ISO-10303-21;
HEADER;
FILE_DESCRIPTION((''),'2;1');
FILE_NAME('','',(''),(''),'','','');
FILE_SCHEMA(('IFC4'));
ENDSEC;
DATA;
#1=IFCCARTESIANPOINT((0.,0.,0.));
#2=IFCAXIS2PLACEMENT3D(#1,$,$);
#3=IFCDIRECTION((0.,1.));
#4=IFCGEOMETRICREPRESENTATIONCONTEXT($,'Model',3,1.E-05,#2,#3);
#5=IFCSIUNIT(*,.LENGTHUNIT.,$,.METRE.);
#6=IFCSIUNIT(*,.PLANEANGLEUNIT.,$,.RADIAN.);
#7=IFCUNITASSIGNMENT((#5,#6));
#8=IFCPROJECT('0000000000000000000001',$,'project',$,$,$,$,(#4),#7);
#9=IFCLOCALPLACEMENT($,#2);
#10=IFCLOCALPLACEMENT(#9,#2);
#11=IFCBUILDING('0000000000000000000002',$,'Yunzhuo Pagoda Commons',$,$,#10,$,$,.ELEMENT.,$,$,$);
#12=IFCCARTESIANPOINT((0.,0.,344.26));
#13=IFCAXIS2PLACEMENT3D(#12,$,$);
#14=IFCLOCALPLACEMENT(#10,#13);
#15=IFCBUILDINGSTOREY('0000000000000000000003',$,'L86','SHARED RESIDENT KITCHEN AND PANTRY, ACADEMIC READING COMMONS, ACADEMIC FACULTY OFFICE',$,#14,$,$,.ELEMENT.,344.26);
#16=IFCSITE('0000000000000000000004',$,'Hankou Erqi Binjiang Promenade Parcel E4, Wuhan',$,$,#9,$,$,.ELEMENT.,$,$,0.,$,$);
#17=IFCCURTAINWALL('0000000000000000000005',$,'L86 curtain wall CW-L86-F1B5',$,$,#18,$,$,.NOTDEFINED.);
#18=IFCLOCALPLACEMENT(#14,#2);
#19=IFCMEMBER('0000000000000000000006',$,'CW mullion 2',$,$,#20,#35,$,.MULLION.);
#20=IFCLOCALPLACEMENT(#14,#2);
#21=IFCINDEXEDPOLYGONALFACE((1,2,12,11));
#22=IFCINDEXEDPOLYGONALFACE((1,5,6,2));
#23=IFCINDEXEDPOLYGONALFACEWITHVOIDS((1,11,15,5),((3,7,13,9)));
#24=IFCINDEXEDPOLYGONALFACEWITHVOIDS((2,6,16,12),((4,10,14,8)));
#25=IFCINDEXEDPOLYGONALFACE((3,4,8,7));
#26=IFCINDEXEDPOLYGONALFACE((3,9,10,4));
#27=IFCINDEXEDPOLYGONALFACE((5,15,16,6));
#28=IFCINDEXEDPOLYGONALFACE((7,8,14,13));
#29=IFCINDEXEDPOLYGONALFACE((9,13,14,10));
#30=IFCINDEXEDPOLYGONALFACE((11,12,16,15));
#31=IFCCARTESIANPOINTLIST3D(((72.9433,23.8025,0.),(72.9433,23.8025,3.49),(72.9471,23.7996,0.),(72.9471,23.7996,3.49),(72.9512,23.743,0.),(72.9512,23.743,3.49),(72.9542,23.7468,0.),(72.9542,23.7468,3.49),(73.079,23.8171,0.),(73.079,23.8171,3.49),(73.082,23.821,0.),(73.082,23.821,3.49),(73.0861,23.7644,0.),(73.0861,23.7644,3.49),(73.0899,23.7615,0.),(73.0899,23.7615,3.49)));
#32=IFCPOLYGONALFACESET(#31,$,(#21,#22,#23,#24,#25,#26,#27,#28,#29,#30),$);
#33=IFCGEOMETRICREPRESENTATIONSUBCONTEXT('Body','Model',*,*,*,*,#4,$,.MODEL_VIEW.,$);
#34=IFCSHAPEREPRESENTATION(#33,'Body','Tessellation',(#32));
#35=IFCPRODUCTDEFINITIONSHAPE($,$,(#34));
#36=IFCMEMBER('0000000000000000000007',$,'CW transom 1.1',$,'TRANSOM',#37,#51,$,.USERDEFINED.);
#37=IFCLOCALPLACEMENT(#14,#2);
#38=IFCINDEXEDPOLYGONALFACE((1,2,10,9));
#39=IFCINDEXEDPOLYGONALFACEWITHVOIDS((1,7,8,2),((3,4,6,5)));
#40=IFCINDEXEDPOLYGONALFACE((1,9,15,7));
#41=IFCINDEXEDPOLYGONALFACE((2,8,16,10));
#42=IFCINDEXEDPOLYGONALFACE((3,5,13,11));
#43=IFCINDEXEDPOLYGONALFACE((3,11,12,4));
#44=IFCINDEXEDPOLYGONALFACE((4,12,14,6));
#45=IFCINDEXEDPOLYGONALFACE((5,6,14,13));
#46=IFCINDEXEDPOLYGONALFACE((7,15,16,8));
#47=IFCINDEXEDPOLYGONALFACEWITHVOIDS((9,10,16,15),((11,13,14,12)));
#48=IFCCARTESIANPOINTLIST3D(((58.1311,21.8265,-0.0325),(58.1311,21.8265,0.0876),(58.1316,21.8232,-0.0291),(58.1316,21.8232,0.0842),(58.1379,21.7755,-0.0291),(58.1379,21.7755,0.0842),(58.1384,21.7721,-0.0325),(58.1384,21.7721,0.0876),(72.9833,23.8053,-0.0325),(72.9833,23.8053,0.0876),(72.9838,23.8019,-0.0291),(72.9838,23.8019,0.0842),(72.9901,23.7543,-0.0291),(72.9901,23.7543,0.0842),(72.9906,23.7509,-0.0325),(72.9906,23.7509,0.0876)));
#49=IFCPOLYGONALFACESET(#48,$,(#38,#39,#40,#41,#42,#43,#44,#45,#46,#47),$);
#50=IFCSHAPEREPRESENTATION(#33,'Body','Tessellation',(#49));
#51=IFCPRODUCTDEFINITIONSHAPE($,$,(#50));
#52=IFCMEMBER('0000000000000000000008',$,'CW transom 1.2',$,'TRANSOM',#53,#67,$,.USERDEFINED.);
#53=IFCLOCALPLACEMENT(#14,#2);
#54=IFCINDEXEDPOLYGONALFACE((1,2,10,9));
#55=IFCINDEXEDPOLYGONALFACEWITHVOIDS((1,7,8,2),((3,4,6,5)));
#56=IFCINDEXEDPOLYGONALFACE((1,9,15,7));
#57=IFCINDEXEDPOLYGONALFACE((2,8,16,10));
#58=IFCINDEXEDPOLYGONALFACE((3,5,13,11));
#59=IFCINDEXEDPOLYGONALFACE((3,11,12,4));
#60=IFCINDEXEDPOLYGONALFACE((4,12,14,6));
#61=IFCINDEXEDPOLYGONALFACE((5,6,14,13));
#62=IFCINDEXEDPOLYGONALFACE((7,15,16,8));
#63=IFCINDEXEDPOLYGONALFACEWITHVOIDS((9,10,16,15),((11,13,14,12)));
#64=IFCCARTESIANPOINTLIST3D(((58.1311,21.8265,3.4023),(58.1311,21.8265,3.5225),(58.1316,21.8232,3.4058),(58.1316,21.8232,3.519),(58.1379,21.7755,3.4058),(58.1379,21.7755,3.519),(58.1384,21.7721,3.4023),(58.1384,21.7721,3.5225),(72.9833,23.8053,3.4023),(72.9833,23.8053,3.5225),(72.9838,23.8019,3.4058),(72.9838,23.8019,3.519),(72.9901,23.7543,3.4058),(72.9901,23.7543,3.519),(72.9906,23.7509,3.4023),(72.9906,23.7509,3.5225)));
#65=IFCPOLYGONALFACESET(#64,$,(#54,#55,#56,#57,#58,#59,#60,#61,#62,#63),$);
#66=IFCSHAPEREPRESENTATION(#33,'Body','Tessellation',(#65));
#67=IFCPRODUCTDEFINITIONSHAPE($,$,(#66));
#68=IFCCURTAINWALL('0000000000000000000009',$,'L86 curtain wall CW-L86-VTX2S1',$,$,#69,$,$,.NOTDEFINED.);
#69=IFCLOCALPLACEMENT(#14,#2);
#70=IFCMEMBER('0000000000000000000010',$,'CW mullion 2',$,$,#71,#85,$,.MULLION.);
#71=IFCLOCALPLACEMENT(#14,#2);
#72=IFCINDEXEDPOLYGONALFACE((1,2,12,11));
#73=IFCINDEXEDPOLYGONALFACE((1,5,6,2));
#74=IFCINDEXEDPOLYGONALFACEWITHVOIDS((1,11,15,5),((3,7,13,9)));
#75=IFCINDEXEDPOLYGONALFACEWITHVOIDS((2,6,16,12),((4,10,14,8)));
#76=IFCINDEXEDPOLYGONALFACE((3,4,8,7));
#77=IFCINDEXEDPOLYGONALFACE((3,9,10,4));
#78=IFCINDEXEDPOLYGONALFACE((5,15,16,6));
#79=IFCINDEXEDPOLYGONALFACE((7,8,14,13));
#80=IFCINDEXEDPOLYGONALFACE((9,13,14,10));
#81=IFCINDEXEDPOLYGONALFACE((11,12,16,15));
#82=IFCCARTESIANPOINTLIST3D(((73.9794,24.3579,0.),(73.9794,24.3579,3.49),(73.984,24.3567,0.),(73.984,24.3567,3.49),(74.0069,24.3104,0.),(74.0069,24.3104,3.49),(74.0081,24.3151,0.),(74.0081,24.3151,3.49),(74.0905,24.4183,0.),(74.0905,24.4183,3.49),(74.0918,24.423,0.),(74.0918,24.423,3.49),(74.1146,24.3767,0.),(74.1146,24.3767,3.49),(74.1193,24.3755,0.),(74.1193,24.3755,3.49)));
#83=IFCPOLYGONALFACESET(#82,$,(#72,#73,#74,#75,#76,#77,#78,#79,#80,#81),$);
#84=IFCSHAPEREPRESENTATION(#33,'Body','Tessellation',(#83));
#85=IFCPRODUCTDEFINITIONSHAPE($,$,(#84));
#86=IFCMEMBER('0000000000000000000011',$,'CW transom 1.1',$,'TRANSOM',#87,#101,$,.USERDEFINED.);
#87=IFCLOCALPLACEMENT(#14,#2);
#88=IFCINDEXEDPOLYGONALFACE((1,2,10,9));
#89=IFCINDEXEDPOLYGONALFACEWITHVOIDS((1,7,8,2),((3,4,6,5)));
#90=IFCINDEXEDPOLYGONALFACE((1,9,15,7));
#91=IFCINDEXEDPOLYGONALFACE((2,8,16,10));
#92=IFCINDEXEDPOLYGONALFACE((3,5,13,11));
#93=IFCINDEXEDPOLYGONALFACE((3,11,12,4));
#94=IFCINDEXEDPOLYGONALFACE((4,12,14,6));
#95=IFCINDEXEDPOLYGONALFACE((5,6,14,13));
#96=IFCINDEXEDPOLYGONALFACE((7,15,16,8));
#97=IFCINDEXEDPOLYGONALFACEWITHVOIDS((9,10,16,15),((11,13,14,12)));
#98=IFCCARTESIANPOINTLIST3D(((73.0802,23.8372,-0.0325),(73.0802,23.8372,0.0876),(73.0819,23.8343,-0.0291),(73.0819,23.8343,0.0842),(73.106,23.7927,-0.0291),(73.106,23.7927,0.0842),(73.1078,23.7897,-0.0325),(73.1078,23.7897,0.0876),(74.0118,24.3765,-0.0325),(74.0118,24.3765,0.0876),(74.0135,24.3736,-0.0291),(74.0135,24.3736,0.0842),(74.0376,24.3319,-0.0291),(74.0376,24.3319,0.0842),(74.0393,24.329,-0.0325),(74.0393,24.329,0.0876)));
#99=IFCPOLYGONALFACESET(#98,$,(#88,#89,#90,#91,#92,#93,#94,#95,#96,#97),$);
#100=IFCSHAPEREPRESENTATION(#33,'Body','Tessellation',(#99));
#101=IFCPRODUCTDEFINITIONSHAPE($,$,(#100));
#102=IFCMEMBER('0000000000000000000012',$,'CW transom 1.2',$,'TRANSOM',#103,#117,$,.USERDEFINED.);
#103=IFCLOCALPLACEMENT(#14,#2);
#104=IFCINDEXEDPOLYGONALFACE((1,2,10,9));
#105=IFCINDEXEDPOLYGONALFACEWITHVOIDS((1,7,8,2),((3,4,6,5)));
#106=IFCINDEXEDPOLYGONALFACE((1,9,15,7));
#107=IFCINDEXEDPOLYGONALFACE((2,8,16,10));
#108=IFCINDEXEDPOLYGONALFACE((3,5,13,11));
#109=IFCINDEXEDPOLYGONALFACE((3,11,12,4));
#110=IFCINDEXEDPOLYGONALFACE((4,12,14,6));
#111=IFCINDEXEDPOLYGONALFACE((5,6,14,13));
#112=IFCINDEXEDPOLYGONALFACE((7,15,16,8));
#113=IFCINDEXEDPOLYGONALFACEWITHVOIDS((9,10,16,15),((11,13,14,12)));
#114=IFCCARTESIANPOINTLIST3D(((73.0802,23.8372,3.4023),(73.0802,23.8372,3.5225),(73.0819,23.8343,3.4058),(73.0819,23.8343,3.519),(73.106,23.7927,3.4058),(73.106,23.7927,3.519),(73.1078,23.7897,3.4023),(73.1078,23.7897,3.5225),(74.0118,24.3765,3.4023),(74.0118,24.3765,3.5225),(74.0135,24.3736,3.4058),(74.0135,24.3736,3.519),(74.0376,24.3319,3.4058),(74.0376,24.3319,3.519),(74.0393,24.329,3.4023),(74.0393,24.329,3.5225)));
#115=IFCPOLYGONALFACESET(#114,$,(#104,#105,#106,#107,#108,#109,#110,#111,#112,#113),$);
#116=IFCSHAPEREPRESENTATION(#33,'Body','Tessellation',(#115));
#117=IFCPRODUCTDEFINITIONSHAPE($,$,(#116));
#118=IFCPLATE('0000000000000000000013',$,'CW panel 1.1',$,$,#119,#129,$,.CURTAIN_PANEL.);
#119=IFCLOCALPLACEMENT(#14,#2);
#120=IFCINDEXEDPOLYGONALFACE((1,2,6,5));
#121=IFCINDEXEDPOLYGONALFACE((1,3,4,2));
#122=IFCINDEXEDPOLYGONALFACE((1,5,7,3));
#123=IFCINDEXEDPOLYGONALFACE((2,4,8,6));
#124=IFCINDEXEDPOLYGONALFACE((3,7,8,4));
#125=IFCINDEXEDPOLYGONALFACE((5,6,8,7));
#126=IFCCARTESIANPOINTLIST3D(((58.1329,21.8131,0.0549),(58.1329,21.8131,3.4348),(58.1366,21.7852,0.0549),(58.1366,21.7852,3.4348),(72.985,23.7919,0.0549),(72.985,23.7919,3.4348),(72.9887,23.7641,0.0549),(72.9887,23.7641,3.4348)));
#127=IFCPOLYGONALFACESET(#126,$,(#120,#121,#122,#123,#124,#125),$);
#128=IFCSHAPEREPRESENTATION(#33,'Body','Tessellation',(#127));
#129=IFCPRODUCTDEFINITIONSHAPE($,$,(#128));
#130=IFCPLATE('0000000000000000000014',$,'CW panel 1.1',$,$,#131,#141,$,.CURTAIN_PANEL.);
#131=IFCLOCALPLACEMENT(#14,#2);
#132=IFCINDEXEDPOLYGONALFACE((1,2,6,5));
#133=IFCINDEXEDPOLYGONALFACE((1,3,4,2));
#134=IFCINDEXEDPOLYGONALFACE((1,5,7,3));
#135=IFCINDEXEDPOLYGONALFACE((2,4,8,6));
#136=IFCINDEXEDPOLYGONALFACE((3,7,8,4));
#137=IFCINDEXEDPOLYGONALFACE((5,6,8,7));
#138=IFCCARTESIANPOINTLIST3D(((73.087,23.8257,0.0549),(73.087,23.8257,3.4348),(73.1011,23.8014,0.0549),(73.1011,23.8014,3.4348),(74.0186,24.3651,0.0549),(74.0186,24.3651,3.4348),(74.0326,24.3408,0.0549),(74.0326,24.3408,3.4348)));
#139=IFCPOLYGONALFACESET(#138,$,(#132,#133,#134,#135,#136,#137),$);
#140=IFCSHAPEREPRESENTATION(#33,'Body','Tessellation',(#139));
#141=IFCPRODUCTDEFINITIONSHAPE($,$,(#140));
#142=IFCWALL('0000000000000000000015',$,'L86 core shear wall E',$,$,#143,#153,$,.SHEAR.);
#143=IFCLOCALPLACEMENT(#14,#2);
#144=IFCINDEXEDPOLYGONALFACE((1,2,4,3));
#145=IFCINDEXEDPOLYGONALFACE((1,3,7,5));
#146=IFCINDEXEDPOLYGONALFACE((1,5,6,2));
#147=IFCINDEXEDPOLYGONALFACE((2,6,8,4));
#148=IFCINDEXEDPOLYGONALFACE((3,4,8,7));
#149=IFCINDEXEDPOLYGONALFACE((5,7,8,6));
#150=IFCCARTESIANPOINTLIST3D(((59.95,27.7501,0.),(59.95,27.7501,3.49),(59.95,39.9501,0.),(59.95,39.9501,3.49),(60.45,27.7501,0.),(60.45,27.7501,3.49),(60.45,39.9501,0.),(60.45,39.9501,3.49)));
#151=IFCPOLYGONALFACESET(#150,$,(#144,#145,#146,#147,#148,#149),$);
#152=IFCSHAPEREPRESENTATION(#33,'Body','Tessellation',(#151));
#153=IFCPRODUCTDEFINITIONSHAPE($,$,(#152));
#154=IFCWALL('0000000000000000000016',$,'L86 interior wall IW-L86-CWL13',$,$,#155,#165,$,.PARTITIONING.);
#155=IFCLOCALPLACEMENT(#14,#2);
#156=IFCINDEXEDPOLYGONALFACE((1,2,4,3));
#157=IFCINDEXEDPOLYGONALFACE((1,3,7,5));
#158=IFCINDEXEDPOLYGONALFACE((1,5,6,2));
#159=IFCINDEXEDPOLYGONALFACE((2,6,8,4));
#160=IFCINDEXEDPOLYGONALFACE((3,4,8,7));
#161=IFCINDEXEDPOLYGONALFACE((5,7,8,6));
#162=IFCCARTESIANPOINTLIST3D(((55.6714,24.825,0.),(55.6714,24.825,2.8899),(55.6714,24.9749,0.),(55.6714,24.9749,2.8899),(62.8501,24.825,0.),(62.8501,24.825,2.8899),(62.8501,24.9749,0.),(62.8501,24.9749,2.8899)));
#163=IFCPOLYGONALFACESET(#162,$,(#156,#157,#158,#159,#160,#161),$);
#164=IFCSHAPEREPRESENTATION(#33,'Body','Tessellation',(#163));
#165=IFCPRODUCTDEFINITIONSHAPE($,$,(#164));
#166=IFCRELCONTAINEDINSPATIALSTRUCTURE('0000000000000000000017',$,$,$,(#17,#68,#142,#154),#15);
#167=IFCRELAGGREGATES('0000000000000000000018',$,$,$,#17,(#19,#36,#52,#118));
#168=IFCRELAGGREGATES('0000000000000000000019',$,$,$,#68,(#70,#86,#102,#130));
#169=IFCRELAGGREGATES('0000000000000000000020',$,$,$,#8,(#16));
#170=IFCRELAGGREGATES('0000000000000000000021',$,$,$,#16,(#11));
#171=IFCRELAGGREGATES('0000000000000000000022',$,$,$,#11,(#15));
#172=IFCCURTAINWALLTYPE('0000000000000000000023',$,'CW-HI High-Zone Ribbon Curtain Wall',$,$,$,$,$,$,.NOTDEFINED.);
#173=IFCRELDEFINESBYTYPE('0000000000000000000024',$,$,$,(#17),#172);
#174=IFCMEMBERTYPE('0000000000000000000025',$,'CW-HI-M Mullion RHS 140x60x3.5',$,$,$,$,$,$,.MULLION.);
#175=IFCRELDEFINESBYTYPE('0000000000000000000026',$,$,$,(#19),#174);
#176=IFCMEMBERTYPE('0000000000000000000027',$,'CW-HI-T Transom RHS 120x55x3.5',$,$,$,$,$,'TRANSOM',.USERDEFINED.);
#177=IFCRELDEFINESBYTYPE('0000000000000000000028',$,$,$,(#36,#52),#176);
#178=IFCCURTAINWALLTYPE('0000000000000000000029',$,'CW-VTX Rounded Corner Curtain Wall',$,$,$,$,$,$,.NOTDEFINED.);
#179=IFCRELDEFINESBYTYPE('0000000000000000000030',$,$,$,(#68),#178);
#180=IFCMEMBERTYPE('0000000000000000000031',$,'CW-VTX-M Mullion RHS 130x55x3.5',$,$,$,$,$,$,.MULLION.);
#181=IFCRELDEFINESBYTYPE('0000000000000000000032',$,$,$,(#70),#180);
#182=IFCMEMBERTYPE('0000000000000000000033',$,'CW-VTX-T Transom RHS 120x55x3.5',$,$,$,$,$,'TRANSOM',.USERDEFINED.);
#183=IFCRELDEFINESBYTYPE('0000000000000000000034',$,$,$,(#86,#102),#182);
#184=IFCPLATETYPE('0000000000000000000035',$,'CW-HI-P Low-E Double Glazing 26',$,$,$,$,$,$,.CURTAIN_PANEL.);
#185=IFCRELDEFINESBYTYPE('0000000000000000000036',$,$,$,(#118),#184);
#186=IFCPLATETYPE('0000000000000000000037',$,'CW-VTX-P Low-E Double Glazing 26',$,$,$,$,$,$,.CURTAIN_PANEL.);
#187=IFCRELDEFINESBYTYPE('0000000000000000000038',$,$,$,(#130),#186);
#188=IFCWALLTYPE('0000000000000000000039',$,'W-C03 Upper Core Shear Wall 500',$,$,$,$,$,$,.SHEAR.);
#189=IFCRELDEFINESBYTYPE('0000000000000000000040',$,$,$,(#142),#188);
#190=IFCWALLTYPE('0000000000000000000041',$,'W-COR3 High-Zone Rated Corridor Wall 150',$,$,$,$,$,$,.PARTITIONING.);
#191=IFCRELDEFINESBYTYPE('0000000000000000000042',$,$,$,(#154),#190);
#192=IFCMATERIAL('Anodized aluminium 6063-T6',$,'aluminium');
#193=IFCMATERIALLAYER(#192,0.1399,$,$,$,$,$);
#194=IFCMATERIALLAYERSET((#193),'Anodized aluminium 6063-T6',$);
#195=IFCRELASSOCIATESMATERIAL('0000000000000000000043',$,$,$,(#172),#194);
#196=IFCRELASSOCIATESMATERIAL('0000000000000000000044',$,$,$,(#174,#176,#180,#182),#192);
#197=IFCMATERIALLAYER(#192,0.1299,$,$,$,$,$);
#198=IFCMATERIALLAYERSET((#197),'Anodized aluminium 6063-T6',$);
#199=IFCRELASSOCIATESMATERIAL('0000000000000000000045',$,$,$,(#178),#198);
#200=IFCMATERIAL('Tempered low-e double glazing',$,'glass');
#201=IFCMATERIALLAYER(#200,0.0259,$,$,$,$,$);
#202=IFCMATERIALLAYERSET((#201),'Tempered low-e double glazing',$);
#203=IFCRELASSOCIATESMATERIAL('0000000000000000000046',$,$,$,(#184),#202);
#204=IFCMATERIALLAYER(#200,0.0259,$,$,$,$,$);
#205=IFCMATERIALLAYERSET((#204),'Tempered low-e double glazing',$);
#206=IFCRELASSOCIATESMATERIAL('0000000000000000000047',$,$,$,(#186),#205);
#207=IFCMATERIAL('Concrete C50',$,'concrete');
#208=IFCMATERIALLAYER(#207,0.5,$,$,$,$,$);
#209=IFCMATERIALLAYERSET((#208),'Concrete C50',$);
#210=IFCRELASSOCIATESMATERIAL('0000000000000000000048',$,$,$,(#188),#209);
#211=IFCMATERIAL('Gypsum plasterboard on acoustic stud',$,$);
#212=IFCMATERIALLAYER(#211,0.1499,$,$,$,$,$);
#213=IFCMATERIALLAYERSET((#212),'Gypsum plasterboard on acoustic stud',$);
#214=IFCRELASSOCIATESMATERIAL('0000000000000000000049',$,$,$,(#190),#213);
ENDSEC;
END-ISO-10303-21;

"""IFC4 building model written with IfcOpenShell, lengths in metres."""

from ifc_helpers import new_model, si_unit, direction, frame, frame_2d, origin, origin_2d, place, context, subcontext, project, spatial, rectangle, hollow_rectangle, extrude, source, transform, mapped, material, layer, layer_set, material_profile, profile_set, type_object, element, aggregate, save


model = new_model("IFC4")

# Units and contexts
model_context = context("Model", 3, precision=1e-05, world=origin(), true_north=direction((0.0, 1.0)))
body_context = subcontext(model_context, "Body", "Model", "MODEL_VIEW")
ifc_project = project(units=[si_unit("LENGTHUNIT", "METRE"), si_unit("PLANEANGLEUNIT", "RADIAN")], contexts=[model_context])

# Site, building, storey
site_placement = place(None, origin())
site = spatial("IfcSite", under=ifc_project, at=site_placement, Name="Hankou Erqi Binjiang Promenade Parcel E4, Wuhan", CompositionType="ELEMENT", RefElevation=0.0)
building_placement = place(site_placement, origin())
building = spatial("IfcBuilding", under=site, at=building_placement, Name="Yunzhuo Pagoda Commons", CompositionType="ELEMENT")
storey_placement = place(building_placement, frame((0.0, 0.0, 344.26)))
storey = spatial("IfcBuildingStorey", under=building, at=storey_placement, Name="L86", Description="SHARED RESIDENT KITCHEN AND PANTRY, ACADEMIC READING COMMONS, ACADEMIC FACULTY OFFICE", CompositionType="ELEMENT", Elevation=344.26)

# Shared definitions
ifc_material_1 = material(Name="Anodized aluminium 6063-T6", Category="aluminium")
ifc_layer_1 = layer(ifc_material_1, 0.1399)
ifc_layer_set_1 = layer_set([ifc_layer_1], Name="Anodized aluminium 6063-T6")
curtain_wall_type_1 = type_object("IfcCurtainWallType", Name="CW-HI High-Zone Ribbon Curtain Wall", PredefinedType="NOTDEFINED", material=ifc_layer_set_1)
ifc_material_profile_1 = material_profile(ifc_material_1, hollow_rectangle(XDim=0.0601, YDim=0.1399, WallThickness=0.0034, at=origin_2d()), Name="Anodized aluminium 6063-T6")
ifc_profile_set_1 = profile_set([ifc_material_profile_1], Name="Anodized aluminium 6063-T6")
member_type_1 = type_object("IfcMemberType", Name="CW-HI-M Mullion RHS 140x60x3.5", PredefinedType="MULLION", material=ifc_profile_set_1)
shared_shape_1 = source(origin(), body_context, "Body", "SweptSolid", [
    extrude(hollow_rectangle(XDim=0.0601, YDim=0.1399, WallThickness=0.0034, at=origin_2d()), origin(), (0.0, 0.0, 1.0), 3.49),
])

# Curtain walls, members
curtain_wall_1_placement = place(storey_placement, origin())
curtain_wall_1 = element("IfcCurtainWall", 1, at=curtain_wall_1_placement, inside=storey, type_object=curtain_wall_type_1, Name="L86 curtain wall CW-L86-F1B5", PredefinedType="NOTDEFINED")
member_1_placement = place(storey_placement, frame((73.0166, 23.782, 0.0), z_axis=(0.0, 0.0, 1.0), x_axis=(-0.132069, 0.991241, 0.0)))
member_1 = element("IfcMember", 2, at=member_1_placement, type_object=member_type_1, Name="CW mullion 2", PredefinedType="MULLION", context=body_context, shape_type="MappedRepresentation", body=[
    mapped(shared_shape_1, transform((0.0, 0.0, 0.0), scale=1.0)),
])
ifc_material_profile_2 = material_profile(ifc_material_1, hollow_rectangle(XDim=0.0549, YDim=0.1201, WallThickness=0.0034, at=origin_2d()), Name="Anodized aluminium 6063-T6")
ifc_profile_set_2 = profile_set([ifc_material_profile_2], Name="Anodized aluminium 6063-T6")
member_type_2 = type_object("IfcMemberType", Name="CW-HI-T Transom RHS 120x55x3.5", ElementType="TRANSOM", PredefinedType="USERDEFINED", material=ifc_profile_set_2)
shared_shape_2 = source(origin(), body_context, "Body", "SweptSolid", [
    extrude(hollow_rectangle(XDim=0.0549, YDim=0.1201, WallThickness=0.0034, at=origin_2d()), origin(), (0.0, 0.0, 1.0), 14.9834),
])
member_2_placement = place(storey_placement, frame((58.1348, 21.7993, 0.0276), z_axis=(0.991241, 0.132064, 0.0), x_axis=(-0.132064, 0.991241, 0.0)))
member_2 = element("IfcMember", 3, at=member_2_placement, type_object=member_type_2, Name="CW transom 1.1", ObjectType="TRANSOM", PredefinedType="USERDEFINED", context=body_context, shape_type="MappedRepresentation", body=[
    mapped(shared_shape_2, transform((0.0, 0.0, 0.0), scale=1.0)),
])
member_3_placement = place(storey_placement, frame((58.1348, 21.7993, 3.4624), z_axis=(0.991241, 0.132064, 0.0), x_axis=(-0.132064, 0.991241, 0.0)))
member_3 = element("IfcMember", 4, at=member_3_placement, type_object=member_type_2, Name="CW transom 1.2", ObjectType="TRANSOM", PredefinedType="USERDEFINED", context=body_context, shape_type="MappedRepresentation", body=[
    mapped(shared_shape_2, transform((0.0, 0.0, 0.0), scale=1.0)),
])
ifc_layer_2 = layer(ifc_material_1, 0.1299)
ifc_layer_set_2 = layer_set([ifc_layer_2], Name="Anodized aluminium 6063-T6")
curtain_wall_type_2 = type_object("IfcCurtainWallType", Name="CW-VTX Rounded Corner Curtain Wall", PredefinedType="NOTDEFINED", material=ifc_layer_set_2)
curtain_wall_2_placement = place(storey_placement, origin())
curtain_wall_2 = element("IfcCurtainWall", 5, at=curtain_wall_2_placement, inside=storey, type_object=curtain_wall_type_2, Name="L86 curtain wall CW-L86-VTX2S1", PredefinedType="NOTDEFINED")
ifc_material_profile_3 = material_profile(ifc_material_1, hollow_rectangle(XDim=0.0549, YDim=0.1299, WallThickness=0.0034, at=origin_2d()), Name="Anodized aluminium 6063-T6")
ifc_profile_set_3 = profile_set([ifc_material_profile_3], Name="Anodized aluminium 6063-T6")
member_type_3 = type_object("IfcMemberType", Name="CW-VTX-M Mullion RHS 130x55x3.5", PredefinedType="MULLION", material=ifc_profile_set_3)
shared_shape_3 = source(origin(), body_context, "Body", "SweptSolid", [
    extrude(hollow_rectangle(XDim=0.0549, YDim=0.1299, WallThickness=0.0034, at=origin_2d()), origin(), (0.0, 0.0, 1.0), 3.49),
])
member_4_placement = place(storey_placement, frame((74.0493, 24.3667, 0.0), z_axis=(0.0, 0.0, 1.0), x_axis=(-0.501028, 0.865431, 0.0)))
member_4 = element("IfcMember", 6, at=member_4_placement, type_object=member_type_3, Name="CW mullion 2", PredefinedType="MULLION", context=body_context, shape_type="MappedRepresentation", body=[
    mapped(shared_shape_3, transform((0.0, 0.0, 0.0), scale=1.0)),
])
ifc_material_profile_4 = material_profile(ifc_material_1, hollow_rectangle(XDim=0.0549, YDim=0.1201, WallThickness=0.0034, at=origin_2d()), Name="Anodized aluminium 6063-T6")
ifc_profile_set_4 = profile_set([ifc_material_profile_4], Name="Anodized aluminium 6063-T6")
member_type_4 = type_object("IfcMemberType", Name="CW-VTX-T Transom RHS 120x55x3.5", ElementType="TRANSOM", PredefinedType="USERDEFINED", material=ifc_profile_set_4)
shared_shape_4 = source(origin(), body_context, "Body", "SweptSolid", [
    extrude(hollow_rectangle(XDim=0.0549, YDim=0.1201, WallThickness=0.0034, at=origin_2d()), origin(), (0.0, 0.0, 1.0), 1.0764),
])
member_5_placement = place(storey_placement, frame((73.094, 23.8135, 0.0276), z_axis=(0.865452, 0.500992, 0.0), x_axis=(-0.500992, 0.865452, 0.0)))
member_5 = element("IfcMember", 7, at=member_5_placement, type_object=member_type_4, Name="CW transom 1.1", ObjectType="TRANSOM", PredefinedType="USERDEFINED", context=body_context, shape_type="MappedRepresentation", body=[
    mapped(shared_shape_4, transform((0.0, 0.0, 0.0), scale=1.0)),
])
member_6_placement = place(storey_placement, frame((73.094, 23.8135, 3.4624), z_axis=(0.865452, 0.500992, 0.0), x_axis=(-0.500992, 0.865452, 0.0)))
member_6 = element("IfcMember", 8, at=member_6_placement, type_object=member_type_4, Name="CW transom 1.2", ObjectType="TRANSOM", PredefinedType="USERDEFINED", context=body_context, shape_type="MappedRepresentation", body=[
    mapped(shared_shape_4, transform((0.0, 0.0, 0.0), scale=1.0)),
])

# Plates
ifc_material_2 = material(Name="Tempered low-e double glazing", Category="glass")
ifc_layer_3 = layer(ifc_material_2, 0.0259)
ifc_layer_set_3 = layer_set([ifc_layer_3], Name="Tempered low-e double glazing")
plate_type_1 = type_object("IfcPlateType", Name="CW-HI-P Low-E Double Glazing 26", PredefinedType="CURTAIN_PANEL", material=ifc_layer_set_3)
shared_shape_5 = source(origin(), body_context, "Body", "SweptSolid", [
    extrude(rectangle(XDim=14.9834, YDim=0.0281, at=origin_2d()), origin(), (0.0, 0.0, 1.0), 3.3799),
])
plate_1_placement = place(storey_placement, frame((65.5608, 22.7886, 0.0549), z_axis=(0.0, 0.0, 1.0), x_axis=(0.991241, 0.132069, 0.0)))
plate_1 = element("IfcPlate", 9, at=plate_1_placement, type_object=plate_type_1, Name="CW panel 1.1", PredefinedType="CURTAIN_PANEL", context=body_context, shape_type="MappedRepresentation", body=[
    mapped(shared_shape_5, transform((0.0, 0.0, 0.0), scale=1.0)),
])
aggregate(curtain_wall_1, [member_1, member_2, member_3, plate_1])
ifc_layer_4 = layer(ifc_material_2, 0.0259)
ifc_layer_set_4 = layer_set([ifc_layer_4], Name="Tempered low-e double glazing")
plate_type_2 = type_object("IfcPlateType", Name="CW-VTX-P Low-E Double Glazing 26", PredefinedType="CURTAIN_PANEL", material=ifc_layer_set_4)
shared_shape_6 = source(origin(), body_context, "Body", "SweptSolid", [
    extrude(rectangle(XDim=1.0764, YDim=0.0281, at=origin_2d()), origin(), (0.0, 0.0, 1.0), 3.3799),
])
plate_2_placement = place(storey_placement, frame((73.5598, 24.0833, 0.0549), z_axis=(0.0, 0.0, 1.0), x_axis=(0.865431, 0.501028, 0.0)))
plate_2 = element("IfcPlate", 10, at=plate_2_placement, type_object=plate_type_2, Name="CW panel 1.1", PredefinedType="CURTAIN_PANEL", context=body_context, shape_type="MappedRepresentation", body=[
    mapped(shared_shape_6, transform((0.0, 0.0, 0.0), scale=1.0)),
])
aggregate(curtain_wall_2, [member_4, member_5, member_6, plate_2])

# Walls
ifc_material_3 = material(Name="Concrete C50", Category="concrete")
ifc_layer_5 = layer(ifc_material_3, 0.5)
ifc_layer_set_5 = layer_set([ifc_layer_5], Name="Concrete C50")
wall_type_1 = type_object("IfcWallType", Name="W-C03 Upper Core Shear Wall 500", PredefinedType="SHEAR", material=ifc_layer_set_5)
wall_1_placement = place(storey_placement, frame((60.2, 27.75, 0.0), z_axis=(0.0, 0.0, 1.0), x_axis=(0.0, 1.0, 0.0)))
element("IfcWall", 11, at=wall_1_placement, inside=storey, type_object=wall_type_1, Name="L86 core shear wall E", PredefinedType="SHEAR", context=body_context, shape_type="SweptSolid", body=[
    extrude(rectangle(XDim=12.2, YDim=0.5, at=frame_2d((6.1001, 0.0))), origin(), (0.0, 0.0, 1.0), 3.49),
])
ifc_material_4 = material(Name="Gypsum plasterboard on acoustic stud")
ifc_layer_6 = layer(ifc_material_4, 0.1499)
ifc_layer_set_6 = layer_set([ifc_layer_6], Name="Gypsum plasterboard on acoustic stud")
wall_type_2 = type_object("IfcWallType", Name="W-COR3 High-Zone Rated Corridor Wall 150", PredefinedType="PARTITIONING", material=ifc_layer_set_6)
wall_2_placement = place(storey_placement, frame((62.8501, 24.8999, 0.0), z_axis=(0.0, 0.0, 1.0), x_axis=(-1.0, 0.0, 0.0)))
element("IfcWall", 12, at=wall_2_placement, inside=storey, type_object=wall_type_2, Name="L86 interior wall IW-L86-CWL13", PredefinedType="PARTITIONING", context=body_context, shape_type="SweptSolid", body=[
    extrude(rectangle(XDim=7.1787, YDim=0.1499, at=frame_2d((3.5894, 0.0))), origin(), (0.0, 0.0, 1.0), 2.8899),
])

save(model, "model.ifc")
